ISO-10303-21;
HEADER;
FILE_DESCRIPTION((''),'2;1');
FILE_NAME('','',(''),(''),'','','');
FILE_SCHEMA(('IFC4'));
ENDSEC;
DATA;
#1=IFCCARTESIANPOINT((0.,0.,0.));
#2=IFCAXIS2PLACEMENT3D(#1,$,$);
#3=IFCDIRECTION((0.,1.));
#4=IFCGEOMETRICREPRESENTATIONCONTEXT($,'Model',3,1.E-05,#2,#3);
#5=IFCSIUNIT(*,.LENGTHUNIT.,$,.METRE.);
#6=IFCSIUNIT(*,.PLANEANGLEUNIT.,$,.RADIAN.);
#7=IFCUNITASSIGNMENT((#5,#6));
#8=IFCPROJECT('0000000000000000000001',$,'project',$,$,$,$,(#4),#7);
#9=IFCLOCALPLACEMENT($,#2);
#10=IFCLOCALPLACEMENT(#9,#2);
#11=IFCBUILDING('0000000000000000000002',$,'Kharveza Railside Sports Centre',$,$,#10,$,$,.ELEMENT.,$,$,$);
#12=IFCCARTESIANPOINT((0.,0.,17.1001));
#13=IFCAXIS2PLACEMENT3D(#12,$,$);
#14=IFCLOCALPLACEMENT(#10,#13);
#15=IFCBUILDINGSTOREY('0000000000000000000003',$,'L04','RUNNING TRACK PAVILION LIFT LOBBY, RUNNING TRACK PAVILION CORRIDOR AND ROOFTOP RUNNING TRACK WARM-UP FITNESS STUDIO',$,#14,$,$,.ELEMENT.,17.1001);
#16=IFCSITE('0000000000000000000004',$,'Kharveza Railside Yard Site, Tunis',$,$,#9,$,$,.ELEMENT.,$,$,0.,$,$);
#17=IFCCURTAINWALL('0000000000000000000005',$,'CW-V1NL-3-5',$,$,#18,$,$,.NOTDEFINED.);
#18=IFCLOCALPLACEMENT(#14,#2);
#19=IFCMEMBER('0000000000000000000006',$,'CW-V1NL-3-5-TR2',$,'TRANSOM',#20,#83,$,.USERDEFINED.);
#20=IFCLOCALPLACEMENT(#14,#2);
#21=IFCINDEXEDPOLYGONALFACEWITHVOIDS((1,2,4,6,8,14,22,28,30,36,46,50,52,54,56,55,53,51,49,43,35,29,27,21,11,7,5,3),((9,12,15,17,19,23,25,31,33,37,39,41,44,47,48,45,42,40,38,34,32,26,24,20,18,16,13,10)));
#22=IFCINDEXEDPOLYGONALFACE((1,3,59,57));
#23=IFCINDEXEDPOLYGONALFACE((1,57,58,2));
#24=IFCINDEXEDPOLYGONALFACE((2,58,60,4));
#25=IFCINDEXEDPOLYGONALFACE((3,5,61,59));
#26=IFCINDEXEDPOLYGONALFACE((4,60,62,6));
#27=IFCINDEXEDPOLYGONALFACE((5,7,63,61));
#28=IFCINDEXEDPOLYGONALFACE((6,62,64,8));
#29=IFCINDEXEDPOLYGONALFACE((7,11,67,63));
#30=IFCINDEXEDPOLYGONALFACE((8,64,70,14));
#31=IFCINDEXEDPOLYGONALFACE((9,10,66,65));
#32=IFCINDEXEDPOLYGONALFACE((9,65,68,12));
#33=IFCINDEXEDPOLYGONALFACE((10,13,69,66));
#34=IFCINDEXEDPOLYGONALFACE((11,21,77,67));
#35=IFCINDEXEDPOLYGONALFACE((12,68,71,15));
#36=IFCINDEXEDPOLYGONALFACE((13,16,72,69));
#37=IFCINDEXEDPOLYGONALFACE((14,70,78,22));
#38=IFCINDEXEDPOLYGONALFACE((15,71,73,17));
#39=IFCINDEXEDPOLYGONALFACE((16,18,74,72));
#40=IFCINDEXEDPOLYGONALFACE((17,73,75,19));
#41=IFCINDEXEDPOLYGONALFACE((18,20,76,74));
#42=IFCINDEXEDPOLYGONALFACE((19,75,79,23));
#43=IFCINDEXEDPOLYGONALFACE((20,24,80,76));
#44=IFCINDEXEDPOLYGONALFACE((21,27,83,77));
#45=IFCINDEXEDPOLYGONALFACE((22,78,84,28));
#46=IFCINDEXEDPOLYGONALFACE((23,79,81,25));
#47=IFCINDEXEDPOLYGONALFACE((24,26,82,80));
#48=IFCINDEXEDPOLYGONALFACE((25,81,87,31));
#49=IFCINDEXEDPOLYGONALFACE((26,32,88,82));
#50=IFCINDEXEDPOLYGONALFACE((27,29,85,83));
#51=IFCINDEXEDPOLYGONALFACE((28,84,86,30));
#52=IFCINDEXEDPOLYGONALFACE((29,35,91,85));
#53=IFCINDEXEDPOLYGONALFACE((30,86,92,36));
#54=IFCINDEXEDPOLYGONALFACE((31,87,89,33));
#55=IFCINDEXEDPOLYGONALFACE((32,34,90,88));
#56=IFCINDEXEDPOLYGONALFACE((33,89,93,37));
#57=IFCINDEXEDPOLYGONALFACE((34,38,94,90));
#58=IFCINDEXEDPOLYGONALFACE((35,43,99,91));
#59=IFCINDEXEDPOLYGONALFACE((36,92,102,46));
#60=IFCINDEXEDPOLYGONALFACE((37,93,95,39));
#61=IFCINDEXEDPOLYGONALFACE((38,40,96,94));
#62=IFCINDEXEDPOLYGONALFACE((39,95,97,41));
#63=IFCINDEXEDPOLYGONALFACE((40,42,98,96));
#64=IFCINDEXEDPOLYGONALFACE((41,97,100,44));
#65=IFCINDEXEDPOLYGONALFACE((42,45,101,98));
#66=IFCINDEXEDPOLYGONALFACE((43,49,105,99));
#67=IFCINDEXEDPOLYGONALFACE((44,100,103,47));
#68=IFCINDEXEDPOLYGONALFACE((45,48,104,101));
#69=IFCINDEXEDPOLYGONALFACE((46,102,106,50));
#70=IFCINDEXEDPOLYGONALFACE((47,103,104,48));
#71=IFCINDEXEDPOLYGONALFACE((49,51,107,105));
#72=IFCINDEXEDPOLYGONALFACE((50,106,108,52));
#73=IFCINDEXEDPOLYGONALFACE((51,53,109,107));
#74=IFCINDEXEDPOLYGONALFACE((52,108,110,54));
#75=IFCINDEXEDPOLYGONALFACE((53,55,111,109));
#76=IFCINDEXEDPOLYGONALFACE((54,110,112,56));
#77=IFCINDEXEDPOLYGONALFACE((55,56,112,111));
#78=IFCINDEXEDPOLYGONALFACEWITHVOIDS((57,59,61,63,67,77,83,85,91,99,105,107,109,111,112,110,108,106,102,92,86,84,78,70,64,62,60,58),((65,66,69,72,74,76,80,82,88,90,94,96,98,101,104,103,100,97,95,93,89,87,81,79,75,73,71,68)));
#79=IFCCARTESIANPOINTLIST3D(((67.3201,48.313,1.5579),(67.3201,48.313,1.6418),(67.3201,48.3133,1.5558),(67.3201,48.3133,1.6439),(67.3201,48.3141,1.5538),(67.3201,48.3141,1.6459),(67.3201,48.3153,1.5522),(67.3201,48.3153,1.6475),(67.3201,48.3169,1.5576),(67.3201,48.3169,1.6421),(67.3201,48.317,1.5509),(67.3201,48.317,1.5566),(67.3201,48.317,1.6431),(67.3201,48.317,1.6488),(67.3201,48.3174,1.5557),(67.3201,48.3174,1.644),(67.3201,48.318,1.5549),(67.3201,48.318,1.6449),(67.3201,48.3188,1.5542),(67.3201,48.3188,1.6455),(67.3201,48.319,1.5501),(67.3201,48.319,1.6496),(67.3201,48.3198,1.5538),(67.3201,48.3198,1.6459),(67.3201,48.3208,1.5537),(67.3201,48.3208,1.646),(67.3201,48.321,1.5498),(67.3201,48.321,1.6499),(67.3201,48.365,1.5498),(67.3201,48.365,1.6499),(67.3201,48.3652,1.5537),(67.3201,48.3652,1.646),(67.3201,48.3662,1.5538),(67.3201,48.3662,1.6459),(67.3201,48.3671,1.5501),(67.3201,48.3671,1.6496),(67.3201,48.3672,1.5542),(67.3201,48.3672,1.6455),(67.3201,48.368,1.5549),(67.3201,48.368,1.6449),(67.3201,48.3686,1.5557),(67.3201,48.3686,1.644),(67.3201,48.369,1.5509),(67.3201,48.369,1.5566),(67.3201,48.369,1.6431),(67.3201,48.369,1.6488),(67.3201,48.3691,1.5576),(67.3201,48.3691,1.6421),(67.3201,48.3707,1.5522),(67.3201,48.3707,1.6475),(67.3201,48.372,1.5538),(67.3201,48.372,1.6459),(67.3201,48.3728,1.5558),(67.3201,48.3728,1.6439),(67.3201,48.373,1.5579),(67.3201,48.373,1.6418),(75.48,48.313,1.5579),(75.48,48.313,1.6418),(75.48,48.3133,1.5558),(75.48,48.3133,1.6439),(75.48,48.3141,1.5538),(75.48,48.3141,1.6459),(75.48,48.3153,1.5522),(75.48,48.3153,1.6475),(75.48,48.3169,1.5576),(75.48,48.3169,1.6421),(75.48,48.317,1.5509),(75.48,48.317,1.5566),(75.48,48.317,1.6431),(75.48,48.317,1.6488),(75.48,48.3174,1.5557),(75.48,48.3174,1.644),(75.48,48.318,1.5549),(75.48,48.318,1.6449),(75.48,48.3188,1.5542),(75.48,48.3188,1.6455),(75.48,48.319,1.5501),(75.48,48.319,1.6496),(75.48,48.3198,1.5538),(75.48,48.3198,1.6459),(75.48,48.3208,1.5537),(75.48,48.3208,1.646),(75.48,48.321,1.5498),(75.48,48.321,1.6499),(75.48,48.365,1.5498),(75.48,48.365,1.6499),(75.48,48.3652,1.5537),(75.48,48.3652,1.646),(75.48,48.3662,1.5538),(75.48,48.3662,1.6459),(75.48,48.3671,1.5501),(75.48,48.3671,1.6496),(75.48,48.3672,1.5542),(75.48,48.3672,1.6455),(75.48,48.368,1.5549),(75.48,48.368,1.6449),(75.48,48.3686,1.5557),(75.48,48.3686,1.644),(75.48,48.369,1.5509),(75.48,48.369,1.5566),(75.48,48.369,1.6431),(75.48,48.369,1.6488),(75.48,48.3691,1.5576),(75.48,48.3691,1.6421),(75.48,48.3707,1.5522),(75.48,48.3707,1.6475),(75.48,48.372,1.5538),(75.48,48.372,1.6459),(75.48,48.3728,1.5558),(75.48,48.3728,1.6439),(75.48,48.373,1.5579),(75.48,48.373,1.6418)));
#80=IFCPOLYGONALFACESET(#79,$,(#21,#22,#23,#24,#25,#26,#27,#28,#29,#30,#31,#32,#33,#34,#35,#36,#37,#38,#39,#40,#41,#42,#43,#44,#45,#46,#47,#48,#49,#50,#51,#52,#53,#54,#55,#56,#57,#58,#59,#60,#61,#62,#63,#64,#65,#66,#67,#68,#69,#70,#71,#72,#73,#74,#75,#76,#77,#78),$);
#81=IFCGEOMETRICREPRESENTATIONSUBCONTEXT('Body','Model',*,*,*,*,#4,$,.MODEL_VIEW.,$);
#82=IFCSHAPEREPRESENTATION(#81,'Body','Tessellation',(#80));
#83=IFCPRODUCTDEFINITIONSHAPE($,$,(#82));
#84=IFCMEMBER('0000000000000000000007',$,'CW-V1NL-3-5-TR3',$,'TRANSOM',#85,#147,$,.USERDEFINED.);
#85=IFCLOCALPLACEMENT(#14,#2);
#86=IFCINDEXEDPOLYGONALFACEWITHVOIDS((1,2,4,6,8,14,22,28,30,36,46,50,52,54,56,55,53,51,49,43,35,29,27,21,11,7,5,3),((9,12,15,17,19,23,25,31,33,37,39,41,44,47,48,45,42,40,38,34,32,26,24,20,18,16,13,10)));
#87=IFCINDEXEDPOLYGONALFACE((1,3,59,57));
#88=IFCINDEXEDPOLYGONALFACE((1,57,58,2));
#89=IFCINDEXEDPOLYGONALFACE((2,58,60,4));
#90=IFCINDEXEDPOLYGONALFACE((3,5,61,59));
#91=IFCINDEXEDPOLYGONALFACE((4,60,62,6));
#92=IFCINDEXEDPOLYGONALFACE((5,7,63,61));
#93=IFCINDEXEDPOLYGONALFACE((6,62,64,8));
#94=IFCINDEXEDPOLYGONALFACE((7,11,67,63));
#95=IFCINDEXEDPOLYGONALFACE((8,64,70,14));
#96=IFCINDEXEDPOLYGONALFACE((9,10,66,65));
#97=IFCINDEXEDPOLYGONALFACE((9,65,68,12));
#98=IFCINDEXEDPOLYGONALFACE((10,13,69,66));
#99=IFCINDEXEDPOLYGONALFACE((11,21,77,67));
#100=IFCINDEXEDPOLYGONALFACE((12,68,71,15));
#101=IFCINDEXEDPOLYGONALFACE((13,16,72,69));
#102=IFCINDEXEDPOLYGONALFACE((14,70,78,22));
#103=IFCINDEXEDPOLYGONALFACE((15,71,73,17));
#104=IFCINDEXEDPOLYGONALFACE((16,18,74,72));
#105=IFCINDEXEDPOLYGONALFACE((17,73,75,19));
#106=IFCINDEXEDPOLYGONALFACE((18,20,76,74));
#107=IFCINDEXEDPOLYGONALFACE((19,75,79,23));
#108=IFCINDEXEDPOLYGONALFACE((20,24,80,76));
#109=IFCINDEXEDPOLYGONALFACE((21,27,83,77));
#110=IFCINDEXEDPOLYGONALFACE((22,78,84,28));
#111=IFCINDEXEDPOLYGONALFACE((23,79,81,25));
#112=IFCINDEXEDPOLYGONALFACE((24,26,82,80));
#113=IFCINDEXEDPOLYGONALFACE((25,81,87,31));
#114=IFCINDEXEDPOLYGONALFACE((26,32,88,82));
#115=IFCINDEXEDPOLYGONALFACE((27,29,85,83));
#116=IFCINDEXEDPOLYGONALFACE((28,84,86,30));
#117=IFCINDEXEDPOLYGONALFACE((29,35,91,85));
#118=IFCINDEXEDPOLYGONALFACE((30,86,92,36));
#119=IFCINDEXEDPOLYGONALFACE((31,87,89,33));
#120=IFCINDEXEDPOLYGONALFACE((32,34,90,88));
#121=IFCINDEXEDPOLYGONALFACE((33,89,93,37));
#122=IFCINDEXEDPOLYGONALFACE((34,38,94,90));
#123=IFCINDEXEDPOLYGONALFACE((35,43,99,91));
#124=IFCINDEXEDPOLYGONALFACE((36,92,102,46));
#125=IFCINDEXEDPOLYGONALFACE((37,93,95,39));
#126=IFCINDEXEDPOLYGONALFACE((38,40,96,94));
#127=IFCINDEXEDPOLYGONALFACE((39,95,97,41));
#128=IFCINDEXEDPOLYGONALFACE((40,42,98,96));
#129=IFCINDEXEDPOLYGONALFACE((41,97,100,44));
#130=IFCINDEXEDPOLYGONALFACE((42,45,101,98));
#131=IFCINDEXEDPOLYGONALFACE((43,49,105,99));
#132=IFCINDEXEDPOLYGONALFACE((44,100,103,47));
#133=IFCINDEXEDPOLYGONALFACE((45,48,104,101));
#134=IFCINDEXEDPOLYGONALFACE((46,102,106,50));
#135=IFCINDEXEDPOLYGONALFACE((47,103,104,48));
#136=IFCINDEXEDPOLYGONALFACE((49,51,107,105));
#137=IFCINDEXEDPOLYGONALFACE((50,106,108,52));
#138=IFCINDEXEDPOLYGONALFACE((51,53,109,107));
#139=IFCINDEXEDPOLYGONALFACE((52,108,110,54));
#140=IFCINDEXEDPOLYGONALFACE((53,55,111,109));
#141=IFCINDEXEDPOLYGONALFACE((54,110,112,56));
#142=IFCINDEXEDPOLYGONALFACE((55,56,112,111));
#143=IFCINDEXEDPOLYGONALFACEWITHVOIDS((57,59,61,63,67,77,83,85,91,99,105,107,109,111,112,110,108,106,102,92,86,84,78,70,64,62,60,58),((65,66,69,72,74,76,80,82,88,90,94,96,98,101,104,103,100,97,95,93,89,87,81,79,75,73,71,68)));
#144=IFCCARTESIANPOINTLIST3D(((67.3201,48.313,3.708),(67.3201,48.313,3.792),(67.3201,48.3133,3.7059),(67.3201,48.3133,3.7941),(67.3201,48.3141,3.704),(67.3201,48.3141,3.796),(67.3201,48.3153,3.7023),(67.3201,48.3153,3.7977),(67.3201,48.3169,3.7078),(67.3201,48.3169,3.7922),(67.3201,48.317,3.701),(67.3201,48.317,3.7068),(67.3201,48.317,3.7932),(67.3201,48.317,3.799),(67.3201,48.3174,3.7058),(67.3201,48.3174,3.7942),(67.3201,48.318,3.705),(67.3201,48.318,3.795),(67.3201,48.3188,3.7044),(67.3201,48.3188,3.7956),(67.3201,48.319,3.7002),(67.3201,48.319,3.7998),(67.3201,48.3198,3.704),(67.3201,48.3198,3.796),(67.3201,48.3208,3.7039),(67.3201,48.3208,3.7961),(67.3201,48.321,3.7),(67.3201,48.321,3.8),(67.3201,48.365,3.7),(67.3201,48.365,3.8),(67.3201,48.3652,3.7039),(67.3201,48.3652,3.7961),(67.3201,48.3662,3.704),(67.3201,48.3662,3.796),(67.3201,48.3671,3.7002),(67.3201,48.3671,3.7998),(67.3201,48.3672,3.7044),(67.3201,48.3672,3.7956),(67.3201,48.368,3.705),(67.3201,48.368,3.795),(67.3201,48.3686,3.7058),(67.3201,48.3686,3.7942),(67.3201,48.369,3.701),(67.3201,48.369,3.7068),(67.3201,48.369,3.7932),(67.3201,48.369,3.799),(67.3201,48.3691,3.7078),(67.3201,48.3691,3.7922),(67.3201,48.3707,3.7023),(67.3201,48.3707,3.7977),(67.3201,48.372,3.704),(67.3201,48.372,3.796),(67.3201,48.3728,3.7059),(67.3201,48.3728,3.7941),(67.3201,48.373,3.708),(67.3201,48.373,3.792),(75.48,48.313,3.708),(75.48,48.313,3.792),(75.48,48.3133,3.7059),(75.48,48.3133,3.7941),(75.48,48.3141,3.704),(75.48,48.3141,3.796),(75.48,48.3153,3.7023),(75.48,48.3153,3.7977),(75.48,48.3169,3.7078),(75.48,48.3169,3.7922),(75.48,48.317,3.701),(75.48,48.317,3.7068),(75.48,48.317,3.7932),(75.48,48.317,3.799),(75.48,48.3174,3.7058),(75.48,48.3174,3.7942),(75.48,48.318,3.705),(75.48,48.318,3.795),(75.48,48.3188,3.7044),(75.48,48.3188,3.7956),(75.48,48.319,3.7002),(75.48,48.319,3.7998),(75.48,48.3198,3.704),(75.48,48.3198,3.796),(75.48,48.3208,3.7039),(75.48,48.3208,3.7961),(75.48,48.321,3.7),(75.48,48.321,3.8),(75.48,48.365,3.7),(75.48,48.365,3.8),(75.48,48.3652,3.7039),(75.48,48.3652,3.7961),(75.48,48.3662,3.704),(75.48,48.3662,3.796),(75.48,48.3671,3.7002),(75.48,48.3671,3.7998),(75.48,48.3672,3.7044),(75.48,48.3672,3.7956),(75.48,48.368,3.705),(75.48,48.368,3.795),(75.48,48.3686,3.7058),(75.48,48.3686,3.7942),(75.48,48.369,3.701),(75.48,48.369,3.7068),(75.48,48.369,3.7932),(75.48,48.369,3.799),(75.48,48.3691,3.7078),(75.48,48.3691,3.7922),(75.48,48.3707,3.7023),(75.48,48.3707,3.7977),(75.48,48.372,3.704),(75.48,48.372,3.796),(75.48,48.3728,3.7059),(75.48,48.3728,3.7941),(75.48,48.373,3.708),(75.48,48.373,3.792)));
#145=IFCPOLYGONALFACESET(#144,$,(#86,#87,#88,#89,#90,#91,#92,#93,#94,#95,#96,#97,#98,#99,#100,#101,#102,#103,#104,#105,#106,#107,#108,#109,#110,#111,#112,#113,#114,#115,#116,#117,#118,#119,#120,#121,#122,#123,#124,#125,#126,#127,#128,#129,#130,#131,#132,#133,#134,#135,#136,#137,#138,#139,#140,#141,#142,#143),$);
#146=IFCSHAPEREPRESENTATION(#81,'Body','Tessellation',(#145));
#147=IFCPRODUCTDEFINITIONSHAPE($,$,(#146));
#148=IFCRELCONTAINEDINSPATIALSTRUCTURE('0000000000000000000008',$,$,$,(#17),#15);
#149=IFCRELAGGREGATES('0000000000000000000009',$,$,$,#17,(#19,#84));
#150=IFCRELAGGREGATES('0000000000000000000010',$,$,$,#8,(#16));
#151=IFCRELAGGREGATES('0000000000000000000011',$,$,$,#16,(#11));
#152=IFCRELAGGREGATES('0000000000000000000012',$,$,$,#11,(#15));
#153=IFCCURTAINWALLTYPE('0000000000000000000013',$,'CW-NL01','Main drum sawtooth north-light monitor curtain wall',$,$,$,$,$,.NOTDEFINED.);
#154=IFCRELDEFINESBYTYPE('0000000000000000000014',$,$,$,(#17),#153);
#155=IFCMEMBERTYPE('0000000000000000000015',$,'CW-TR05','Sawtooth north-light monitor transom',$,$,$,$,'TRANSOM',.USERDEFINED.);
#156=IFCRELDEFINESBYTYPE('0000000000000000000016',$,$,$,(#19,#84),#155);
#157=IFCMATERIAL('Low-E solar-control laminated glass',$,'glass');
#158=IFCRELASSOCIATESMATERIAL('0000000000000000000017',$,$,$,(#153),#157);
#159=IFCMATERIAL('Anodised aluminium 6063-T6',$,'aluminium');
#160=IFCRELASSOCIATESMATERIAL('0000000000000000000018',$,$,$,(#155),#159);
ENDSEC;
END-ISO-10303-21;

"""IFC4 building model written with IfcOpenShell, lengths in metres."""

from ifc_helpers import new_model, si_unit, direction, frame, origin, origin_2d, place, context, subcontext, project, spatial, hollow_rectangle, extrude, material, material_profile, profile_set, type_object, element, aggregate, save


model = new_model("IFC4")

# Units and contexts
model_context = context("Model", 3, precision=1e-05, world=origin(), true_north=direction((0.0, 1.0)))
body_context = subcontext(model_context, "Body", "Model", "MODEL_VIEW")
ifc_project = project(units=[si_unit("LENGTHUNIT", "METRE"), si_unit("PLANEANGLEUNIT", "RADIAN")], contexts=[model_context])

# Site, building, storey
site_placement = place(None, origin())
site = spatial("IfcSite", under=ifc_project, at=site_placement, Name="Kharveza Railside Yard Site, Tunis", CompositionType="ELEMENT", RefElevation=0.0)
building_placement = place(site_placement, origin())
building = spatial("IfcBuilding", under=site, at=building_placement, Name="Kharveza Railside Sports Centre", CompositionType="ELEMENT")
storey_placement = place(building_placement, frame((0.0, 0.0, 17.1001)))
storey = spatial("IfcBuildingStorey", under=building, at=storey_placement, Name="L04", Description="RUNNING TRACK PAVILION LIFT LOBBY, RUNNING TRACK PAVILION CORRIDOR AND ROOFTOP RUNNING TRACK WARM-UP FITNESS STUDIO", CompositionType="ELEMENT", Elevation=17.1001)

# Curtain wall
ifc_material_1 = material(Name="Low-E solar-control laminated glass", Category="glass")
curtain_wall_type = type_object("IfcCurtainWallType", Name="CW-NL01", Description="Main drum sawtooth north-light monitor curtain wall", PredefinedType="NOTDEFINED", material=ifc_material_1)
ifc_material_2 = material(Name="Anodised aluminium 6063-T6", Category="aluminium")
curtain_wall_1_placement = place(storey_placement, origin())
curtain_wall_1 = element("IfcCurtainWall", 1, at=curtain_wall_1_placement, inside=storey, type_object=curtain_wall_type, Name="CW-V1NL-3-5", PredefinedType="NOTDEFINED")

# Members
ifc_material_profile_1 = material_profile(ifc_material_2, hollow_rectangle(XDim=0.0601, YDim=0.1001, WallThickness=0.0039, InnerFilletRadius=0.0039, OuterFilletRadius=0.0081, at=origin_2d()), Name="RHS 60x100x4.0")
ifc_profile_set_1 = profile_set([ifc_material_profile_1], Name="Anodised aluminium 6063-T6")
member_type_1 = type_object("IfcMemberType", Name="CW-TR05", Description="Sawtooth north-light monitor transom", ElementType="TRANSOM", PredefinedType="USERDEFINED", material=ifc_profile_set_1)
member_1_placement = place(storey_placement, frame((67.3201, 48.343, 1.5999), z_axis=(1.0, 0.0, 0.0), x_axis=(0.0, 1.0, 0.0)))
member_1 = element("IfcMember", 2, at=member_1_placement, type_object=member_type_1, Name="CW-V1NL-3-5-TR2", ObjectType="TRANSOM", PredefinedType="USERDEFINED", context=body_context, shape_type="SweptSolid", body=[
    extrude(hollow_rectangle(XDim=0.0601, YDim=0.1001, WallThickness=0.0039, InnerFilletRadius=0.0039, OuterFilletRadius=0.0081, at=origin_2d()), origin(), (0.0, 0.0, 1.0), 8.1599),
])
member_2_placement = place(storey_placement, frame((67.3201, 48.343, 3.75), z_axis=(1.0, 0.0, 0.0), x_axis=(0.0, 1.0, 0.0)))
member_2 = element("IfcMember", 3, at=member_2_placement, type_object=member_type_1, Name="CW-V1NL-3-5-TR3", ObjectType="TRANSOM", PredefinedType="USERDEFINED", context=body_context, shape_type="SweptSolid", body=[
    extrude(hollow_rectangle(XDim=0.0601, YDim=0.1001, WallThickness=0.0039, InnerFilletRadius=0.0039, OuterFilletRadius=0.0081, at=origin_2d()), origin(), (0.0, 0.0, 1.0), 8.1599),
])

aggregate(curtain_wall_1, [member_1, member_2])

save(model, "model.ifc")
